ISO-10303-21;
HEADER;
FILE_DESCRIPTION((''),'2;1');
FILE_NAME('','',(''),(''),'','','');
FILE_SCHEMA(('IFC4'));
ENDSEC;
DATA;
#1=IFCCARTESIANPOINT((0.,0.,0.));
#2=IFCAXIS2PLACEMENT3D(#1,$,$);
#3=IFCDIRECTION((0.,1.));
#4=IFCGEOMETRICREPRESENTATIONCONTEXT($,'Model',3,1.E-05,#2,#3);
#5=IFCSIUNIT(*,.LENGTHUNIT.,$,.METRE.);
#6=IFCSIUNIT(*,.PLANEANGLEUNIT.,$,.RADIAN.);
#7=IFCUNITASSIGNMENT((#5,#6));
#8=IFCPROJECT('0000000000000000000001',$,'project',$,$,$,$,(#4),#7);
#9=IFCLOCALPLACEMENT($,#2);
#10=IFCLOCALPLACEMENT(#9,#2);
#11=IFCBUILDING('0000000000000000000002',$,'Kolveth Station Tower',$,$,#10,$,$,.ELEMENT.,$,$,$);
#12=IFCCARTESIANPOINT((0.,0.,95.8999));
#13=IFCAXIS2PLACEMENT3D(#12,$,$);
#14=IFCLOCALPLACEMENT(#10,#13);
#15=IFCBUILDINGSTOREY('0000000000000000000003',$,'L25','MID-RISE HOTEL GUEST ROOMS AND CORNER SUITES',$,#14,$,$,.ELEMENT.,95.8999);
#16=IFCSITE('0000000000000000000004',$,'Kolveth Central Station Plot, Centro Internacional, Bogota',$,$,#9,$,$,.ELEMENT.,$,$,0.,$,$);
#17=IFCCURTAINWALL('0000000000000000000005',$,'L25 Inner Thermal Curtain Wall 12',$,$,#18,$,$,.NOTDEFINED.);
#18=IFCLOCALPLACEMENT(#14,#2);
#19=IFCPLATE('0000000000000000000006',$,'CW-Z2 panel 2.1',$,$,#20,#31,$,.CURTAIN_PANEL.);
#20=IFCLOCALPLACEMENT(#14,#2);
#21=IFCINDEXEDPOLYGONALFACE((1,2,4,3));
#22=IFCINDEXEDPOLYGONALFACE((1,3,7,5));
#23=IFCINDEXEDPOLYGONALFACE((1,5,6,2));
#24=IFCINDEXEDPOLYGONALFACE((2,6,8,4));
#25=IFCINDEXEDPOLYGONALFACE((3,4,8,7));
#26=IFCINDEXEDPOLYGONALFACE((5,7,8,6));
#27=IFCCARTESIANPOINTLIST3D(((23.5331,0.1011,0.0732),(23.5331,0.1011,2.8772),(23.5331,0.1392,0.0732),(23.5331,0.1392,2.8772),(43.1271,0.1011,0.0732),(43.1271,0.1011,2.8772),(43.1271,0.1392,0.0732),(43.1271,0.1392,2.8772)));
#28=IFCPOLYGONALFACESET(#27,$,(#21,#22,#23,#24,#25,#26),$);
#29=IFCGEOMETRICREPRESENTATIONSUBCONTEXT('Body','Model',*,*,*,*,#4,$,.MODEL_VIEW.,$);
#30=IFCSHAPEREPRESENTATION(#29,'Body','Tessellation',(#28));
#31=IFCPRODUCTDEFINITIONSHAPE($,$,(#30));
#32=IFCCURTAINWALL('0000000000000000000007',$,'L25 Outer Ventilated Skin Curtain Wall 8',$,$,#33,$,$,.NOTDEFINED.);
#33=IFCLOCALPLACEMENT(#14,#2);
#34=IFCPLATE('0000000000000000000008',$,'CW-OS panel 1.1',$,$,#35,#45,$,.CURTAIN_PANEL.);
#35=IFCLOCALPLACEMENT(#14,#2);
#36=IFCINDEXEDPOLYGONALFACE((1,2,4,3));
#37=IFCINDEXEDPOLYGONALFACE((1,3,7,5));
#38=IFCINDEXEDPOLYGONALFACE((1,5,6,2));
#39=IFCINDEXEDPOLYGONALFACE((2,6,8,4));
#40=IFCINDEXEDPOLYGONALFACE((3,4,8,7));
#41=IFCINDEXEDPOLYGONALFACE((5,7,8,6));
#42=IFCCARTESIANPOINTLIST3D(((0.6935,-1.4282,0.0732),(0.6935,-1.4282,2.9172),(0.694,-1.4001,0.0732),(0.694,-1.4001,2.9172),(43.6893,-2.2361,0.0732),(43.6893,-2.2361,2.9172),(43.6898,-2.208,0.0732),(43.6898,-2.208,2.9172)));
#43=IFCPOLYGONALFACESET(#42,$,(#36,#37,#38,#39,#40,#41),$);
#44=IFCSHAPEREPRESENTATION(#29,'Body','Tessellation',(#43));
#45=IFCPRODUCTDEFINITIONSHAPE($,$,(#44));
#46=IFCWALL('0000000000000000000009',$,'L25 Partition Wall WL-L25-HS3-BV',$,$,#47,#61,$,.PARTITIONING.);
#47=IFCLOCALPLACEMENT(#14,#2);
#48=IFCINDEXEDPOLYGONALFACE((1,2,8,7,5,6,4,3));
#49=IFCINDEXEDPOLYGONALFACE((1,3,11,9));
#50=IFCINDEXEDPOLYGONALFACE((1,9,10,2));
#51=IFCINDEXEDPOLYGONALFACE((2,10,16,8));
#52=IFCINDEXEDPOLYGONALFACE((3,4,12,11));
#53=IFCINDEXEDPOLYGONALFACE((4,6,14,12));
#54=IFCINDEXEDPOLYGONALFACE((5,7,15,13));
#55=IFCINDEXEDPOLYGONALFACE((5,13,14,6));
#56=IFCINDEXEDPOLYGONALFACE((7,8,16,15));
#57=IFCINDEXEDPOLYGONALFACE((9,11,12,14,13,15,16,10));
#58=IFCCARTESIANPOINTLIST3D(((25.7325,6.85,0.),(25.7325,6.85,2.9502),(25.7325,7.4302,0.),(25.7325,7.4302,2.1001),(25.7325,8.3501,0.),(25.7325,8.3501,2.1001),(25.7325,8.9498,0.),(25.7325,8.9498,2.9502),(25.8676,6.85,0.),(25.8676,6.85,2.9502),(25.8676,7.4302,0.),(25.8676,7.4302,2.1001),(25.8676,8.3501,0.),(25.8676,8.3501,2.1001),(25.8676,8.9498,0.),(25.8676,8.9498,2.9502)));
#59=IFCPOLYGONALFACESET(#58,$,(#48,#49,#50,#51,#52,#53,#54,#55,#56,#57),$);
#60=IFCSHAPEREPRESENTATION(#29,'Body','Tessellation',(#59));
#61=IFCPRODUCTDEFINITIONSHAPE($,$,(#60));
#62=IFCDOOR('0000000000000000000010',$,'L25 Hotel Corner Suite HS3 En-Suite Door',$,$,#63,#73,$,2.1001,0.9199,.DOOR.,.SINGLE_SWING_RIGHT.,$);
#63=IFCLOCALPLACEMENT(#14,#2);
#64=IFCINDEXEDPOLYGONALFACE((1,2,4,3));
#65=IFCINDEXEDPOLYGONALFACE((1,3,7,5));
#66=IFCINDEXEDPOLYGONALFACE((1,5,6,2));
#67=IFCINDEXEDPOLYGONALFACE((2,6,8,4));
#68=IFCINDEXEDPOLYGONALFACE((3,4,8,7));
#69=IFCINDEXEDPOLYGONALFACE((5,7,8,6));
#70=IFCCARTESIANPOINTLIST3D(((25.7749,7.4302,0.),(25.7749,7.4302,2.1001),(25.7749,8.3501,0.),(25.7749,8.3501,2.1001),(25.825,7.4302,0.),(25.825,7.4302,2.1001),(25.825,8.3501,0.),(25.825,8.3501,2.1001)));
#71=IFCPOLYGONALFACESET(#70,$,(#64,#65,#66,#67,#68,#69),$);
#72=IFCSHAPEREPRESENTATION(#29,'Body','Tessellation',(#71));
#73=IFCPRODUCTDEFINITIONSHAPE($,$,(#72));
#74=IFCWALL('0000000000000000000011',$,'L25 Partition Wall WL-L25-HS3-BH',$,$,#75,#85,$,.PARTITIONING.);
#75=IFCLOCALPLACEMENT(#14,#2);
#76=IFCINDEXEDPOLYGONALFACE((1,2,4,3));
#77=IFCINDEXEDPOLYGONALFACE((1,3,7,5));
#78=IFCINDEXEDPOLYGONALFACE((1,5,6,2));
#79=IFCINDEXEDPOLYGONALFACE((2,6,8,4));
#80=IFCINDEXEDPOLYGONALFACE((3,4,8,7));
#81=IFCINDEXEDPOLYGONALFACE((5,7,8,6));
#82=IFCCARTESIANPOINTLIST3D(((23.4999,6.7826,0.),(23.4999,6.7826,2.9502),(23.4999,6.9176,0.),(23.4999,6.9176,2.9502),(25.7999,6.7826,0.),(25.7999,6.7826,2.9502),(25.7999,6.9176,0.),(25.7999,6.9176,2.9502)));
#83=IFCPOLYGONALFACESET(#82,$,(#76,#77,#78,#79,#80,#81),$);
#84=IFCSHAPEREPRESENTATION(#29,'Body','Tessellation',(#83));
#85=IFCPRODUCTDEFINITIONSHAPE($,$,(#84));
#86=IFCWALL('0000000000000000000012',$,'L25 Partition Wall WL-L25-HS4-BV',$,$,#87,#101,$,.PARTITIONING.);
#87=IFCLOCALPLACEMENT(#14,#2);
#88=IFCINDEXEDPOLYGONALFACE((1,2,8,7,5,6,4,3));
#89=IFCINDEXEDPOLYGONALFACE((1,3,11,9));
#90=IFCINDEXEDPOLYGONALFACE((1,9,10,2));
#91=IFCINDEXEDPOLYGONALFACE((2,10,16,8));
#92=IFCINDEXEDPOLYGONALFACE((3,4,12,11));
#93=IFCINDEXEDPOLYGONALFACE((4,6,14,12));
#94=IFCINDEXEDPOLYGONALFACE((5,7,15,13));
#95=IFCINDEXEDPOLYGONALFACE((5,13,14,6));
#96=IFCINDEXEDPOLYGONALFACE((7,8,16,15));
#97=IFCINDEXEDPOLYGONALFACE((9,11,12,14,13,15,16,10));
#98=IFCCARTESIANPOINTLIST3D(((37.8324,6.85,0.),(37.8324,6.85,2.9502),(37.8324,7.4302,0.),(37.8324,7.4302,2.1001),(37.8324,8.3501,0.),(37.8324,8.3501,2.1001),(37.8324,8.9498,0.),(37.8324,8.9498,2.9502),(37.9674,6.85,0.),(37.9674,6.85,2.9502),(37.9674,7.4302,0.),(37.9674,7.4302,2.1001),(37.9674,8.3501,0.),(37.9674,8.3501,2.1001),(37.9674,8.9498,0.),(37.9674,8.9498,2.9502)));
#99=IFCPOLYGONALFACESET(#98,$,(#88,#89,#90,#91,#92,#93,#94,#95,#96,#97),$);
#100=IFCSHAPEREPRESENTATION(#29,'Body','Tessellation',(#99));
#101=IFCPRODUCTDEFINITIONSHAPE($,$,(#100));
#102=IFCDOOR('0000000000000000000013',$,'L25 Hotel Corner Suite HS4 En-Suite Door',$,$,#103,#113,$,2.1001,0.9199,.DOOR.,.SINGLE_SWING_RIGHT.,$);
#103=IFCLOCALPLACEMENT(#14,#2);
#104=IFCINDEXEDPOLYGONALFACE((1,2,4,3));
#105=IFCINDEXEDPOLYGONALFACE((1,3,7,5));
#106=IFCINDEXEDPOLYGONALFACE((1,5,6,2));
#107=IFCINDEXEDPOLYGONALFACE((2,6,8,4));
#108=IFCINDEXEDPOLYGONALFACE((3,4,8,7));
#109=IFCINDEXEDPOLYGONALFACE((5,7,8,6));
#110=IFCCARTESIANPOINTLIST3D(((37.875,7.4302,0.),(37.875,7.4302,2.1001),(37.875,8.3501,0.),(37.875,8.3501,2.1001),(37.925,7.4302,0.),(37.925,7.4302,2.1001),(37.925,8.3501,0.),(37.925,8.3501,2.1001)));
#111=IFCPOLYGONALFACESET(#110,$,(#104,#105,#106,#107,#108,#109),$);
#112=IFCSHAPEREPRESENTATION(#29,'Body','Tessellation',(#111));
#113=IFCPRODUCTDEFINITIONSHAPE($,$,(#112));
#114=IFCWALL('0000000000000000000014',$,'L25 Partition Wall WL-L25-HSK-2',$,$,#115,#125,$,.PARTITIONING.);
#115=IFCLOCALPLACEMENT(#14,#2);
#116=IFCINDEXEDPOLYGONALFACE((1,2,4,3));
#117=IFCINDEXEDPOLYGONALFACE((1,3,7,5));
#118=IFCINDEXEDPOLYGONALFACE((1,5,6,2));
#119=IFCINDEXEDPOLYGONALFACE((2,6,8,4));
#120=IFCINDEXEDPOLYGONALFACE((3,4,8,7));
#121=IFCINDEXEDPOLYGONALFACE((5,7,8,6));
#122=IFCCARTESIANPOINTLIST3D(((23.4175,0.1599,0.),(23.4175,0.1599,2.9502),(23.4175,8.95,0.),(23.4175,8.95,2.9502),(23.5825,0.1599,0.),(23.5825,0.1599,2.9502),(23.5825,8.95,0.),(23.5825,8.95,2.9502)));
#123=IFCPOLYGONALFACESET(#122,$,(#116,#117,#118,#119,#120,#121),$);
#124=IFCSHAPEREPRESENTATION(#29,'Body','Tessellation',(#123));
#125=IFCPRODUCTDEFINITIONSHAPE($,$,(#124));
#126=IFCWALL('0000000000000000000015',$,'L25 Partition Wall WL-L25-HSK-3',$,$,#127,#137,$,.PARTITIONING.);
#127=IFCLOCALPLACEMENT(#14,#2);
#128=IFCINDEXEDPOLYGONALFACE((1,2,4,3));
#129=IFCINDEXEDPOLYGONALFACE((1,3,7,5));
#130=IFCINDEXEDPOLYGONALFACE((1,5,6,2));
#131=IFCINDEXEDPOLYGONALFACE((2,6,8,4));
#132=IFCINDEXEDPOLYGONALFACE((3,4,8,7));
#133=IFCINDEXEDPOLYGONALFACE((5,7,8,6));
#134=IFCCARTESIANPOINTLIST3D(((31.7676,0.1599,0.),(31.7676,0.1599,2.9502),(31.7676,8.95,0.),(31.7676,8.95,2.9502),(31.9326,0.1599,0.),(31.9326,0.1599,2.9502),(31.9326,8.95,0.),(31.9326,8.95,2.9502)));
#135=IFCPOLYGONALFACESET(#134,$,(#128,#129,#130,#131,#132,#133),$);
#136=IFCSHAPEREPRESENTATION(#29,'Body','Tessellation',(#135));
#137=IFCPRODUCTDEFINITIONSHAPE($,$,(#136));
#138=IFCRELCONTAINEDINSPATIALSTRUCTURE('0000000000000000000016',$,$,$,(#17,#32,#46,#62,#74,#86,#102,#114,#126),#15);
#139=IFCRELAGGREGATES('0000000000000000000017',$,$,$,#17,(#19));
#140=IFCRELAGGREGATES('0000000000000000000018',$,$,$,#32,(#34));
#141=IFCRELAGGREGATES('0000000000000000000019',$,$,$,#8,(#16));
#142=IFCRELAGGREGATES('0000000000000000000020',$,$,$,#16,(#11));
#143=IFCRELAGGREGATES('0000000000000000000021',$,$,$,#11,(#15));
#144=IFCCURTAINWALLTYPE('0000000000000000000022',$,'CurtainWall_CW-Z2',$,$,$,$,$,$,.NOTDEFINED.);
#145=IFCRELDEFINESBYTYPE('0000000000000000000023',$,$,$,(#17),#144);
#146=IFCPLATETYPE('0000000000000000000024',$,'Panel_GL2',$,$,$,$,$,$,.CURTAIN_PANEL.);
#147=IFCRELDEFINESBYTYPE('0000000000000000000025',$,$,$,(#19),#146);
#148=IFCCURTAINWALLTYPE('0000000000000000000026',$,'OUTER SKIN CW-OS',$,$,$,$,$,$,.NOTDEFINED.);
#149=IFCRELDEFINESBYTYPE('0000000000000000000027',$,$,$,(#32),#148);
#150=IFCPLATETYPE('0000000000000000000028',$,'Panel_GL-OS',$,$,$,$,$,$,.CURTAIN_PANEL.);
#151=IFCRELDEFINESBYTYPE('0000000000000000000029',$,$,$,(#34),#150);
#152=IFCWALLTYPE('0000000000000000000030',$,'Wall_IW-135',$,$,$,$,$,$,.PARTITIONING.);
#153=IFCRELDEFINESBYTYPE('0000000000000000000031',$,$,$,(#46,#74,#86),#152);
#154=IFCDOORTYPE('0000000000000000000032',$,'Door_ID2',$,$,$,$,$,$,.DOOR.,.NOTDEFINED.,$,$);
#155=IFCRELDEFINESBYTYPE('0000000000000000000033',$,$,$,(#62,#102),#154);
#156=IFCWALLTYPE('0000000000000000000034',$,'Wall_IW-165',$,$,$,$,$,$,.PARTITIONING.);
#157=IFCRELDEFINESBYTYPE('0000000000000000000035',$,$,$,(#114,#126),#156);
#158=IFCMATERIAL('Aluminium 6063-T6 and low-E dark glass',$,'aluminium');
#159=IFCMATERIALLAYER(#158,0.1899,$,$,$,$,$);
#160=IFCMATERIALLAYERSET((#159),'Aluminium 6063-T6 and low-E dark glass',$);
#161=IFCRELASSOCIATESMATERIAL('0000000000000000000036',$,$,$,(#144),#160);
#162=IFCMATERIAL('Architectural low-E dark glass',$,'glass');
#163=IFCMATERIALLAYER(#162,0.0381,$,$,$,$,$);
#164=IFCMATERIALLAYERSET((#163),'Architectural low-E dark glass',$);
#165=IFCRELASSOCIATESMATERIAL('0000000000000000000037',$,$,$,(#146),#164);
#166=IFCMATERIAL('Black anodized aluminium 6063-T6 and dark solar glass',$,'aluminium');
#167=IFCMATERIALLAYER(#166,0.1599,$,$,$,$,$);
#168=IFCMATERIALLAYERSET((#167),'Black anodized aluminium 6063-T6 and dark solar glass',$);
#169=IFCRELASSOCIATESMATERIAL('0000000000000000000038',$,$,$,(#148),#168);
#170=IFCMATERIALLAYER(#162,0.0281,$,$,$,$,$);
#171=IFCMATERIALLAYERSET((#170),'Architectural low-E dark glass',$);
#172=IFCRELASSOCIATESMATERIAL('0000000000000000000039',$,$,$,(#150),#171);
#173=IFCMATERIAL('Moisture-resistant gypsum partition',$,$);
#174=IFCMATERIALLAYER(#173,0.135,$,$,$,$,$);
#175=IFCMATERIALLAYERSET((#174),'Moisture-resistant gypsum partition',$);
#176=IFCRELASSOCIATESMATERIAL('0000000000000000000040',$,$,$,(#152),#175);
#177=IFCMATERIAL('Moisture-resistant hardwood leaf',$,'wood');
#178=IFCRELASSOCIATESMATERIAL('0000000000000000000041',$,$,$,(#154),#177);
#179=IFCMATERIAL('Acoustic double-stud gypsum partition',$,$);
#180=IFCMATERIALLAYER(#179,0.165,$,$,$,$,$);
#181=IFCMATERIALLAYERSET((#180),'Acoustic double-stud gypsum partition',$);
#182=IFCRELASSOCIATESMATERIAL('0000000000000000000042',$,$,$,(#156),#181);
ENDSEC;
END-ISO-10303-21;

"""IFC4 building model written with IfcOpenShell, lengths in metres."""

from ifc_helpers import new_model, si_unit, direction, frame, frame_2d, origin, origin_2d, place, context, subcontext, project, spatial, rectangle, extrude, source, transform, mapped, material, layer, layer_set, type_object, element, fill, aggregate, save


model = new_model("IFC4")

# Units and contexts
model_context = context("Model", 3, precision=1e-05, world=origin(), true_north=direction((0.0, 1.0)))
body_context = subcontext(model_context, "Body", "Model", "MODEL_VIEW")
ifc_project = project(units=[si_unit("LENGTHUNIT", "METRE"), si_unit("PLANEANGLEUNIT", "RADIAN")], contexts=[model_context])

# Site, building, storey
site_placement = place(None, origin())
site = spatial("IfcSite", under=ifc_project, at=site_placement, Name="Kolveth Central Station Plot, Centro Internacional, Bogota", CompositionType="ELEMENT", RefElevation=0.0)
building_placement = place(site_placement, origin())
building = spatial("IfcBuilding", under=site, at=building_placement, Name="Kolveth Station Tower", CompositionType="ELEMENT")
storey_placement = place(building_placement, frame((0.0, 0.0, 95.8999)))
storey = spatial("IfcBuildingStorey", under=building, at=storey_placement, Name="L25", Description="MID-RISE HOTEL GUEST ROOMS AND CORNER SUITES", CompositionType="ELEMENT", Elevation=95.8999)

# Curtain wall, plate
ifc_material_1 = material(Name="Aluminium 6063-T6 and low-E dark glass", Category="aluminium")
ifc_layer_1 = layer(ifc_material_1, 0.1899)
ifc_layer_set_1 = layer_set([ifc_layer_1], Name="Aluminium 6063-T6 and low-E dark glass")
curtain_wall_type_1 = type_object("IfcCurtainWallType", Name="CurtainWall_CW-Z2", PredefinedType="NOTDEFINED", material=ifc_layer_set_1)
curtain_wall_1_placement = place(storey_placement, origin())
curtain_wall_1 = element("IfcCurtainWall", 1, at=curtain_wall_1_placement, inside=storey, type_object=curtain_wall_type_1, Name="L25 Inner Thermal Curtain Wall 12", PredefinedType="NOTDEFINED")
ifc_material_2 = material(Name="Architectural low-E dark glass", Category="glass")
ifc_layer_2 = layer(ifc_material_2, 0.0381)
ifc_layer_set_2 = layer_set([ifc_layer_2], Name="Architectural low-E dark glass")
plate_type_1 = type_object("IfcPlateType", Name="Panel_GL2", PredefinedType="CURTAIN_PANEL", material=ifc_layer_set_2)
shared_shape_1 = source(origin(), body_context, "Body", "SweptSolid", [
    extrude(rectangle(XDim=19.594, YDim=0.0381, at=origin_2d()), origin(), (0.0, 0.0, 1.0), 2.804),
])
plate_1_placement = place(storey_placement, frame((33.3301, 0.1201, 0.0732), z_axis=(0.0, 0.0, 1.0), x_axis=(1.0, 0.0, 0.0)))
plate_1 = element("IfcPlate", 2, at=plate_1_placement, type_object=plate_type_1, Name="CW-Z2 panel 2.1", PredefinedType="CURTAIN_PANEL", context=body_context, shape_type="MappedRepresentation", body=[
    mapped(shared_shape_1, transform((0.0, 0.0, 0.0), x_axis=(1.0, 0.0, 0.0), y_axis=(0.0, 1.0, 0.0), z_axis=(0.0, 0.0, 1.0), scale=1.0)),
])
aggregate(curtain_wall_1, [plate_1])

# Curtain wall, plate
ifc_material_3 = material(Name="Black anodized aluminium 6063-T6 and dark solar glass", Category="aluminium")
ifc_layer_3 = layer(ifc_material_3, 0.1599)
ifc_layer_set_3 = layer_set([ifc_layer_3], Name="Black anodized aluminium 6063-T6 and dark solar glass")
curtain_wall_type_2 = type_object("IfcCurtainWallType", Name="OUTER SKIN CW-OS", PredefinedType="NOTDEFINED", material=ifc_layer_set_3)
curtain_wall_2_placement = place(storey_placement, origin())
curtain_wall_2 = element("IfcCurtainWall", 3, at=curtain_wall_2_placement, inside=storey, type_object=curtain_wall_type_2, Name="L25 Outer Ventilated Skin Curtain Wall 8", PredefinedType="NOTDEFINED")
ifc_layer_4 = layer(ifc_material_2, 0.0281)
ifc_layer_set_4 = layer_set([ifc_layer_4], Name="Architectural low-E dark glass")
plate_type_2 = type_object("IfcPlateType", Name="Panel_GL-OS", PredefinedType="CURTAIN_PANEL", material=ifc_layer_set_4)
shared_shape_2 = source(origin(), body_context, "Body", "SweptSolid", [
    extrude(rectangle(XDim=43.0034, YDim=0.0281, at=origin_2d()), origin(), (0.0, 0.0, 1.0), 2.844),
])
plate_2_placement = place(storey_placement, frame((22.1917, -1.8181, 0.0732), z_axis=(0.0, 0.0, 1.0), x_axis=(0.999824, -0.018786, 0.0)))
plate_2 = element("IfcPlate", 4, at=plate_2_placement, type_object=plate_type_2, Name="CW-OS panel 1.1", PredefinedType="CURTAIN_PANEL", context=body_context, shape_type="MappedRepresentation", body=[
    mapped(shared_shape_2, transform((0.0, 0.0, 0.0), x_axis=(1.0, 0.0, 0.0), y_axis=(0.0, 1.0, 0.0), z_axis=(0.0, 0.0, 1.0), scale=1.0)),
])
aggregate(curtain_wall_2, [plate_2])

# Wall, opening, door
ifc_material_4 = material(Name="Moisture-resistant gypsum partition")
ifc_layer_5 = layer(ifc_material_4, 0.135)
ifc_layer_set_5 = layer_set([ifc_layer_5], Name="Moisture-resistant gypsum partition")
wall_type_1 = type_object("IfcWallType", Name="Wall_IW-135", PredefinedType="PARTITIONING", material=ifc_layer_set_5)
wall_1_placement = place(storey_placement, frame((25.8, 6.8501, 0.0), z_axis=(0.0, 0.0, 1.0), x_axis=(0.0, 1.0, 0.0)))
wall_1 = element("IfcWall", 5, at=wall_1_placement, inside=storey, type_object=wall_type_1, Name="L25 Partition Wall WL-L25-HS3-BV", PredefinedType="PARTITIONING", context=body_context, shape_type="SweptSolid", body=[
    extrude(rectangle(XDim=2.0999, YDim=0.135, at=frame_2d((1.0498, 0.0))), origin(), (0.0, 0.0, 1.0), 2.9502),
])
opening_1_placement = place(wall_1_placement, frame((0.5801, 0.0, 0.0)))
opening_1 = element("IfcOpeningElement", 6, at=opening_1_placement, cuts=wall_1, PredefinedType="OPENING", context=body_context, shape_type="SweptSolid", body=[
    extrude(rectangle(XDim=0.9199, YDim=2.1001, at=frame_2d((0.46, 1.05))), frame((0.0, 0.0774, 0.0), z_axis=(0.0, -1.0, 0.0), x_axis=(1.0, 0.0, 0.0)), (0.0, 0.0, 1.0), 0.155),
])
ifc_material_5 = material(Name="Moisture-resistant hardwood leaf", Category="wood")
door_type = type_object("IfcDoorType", Name="Door_ID2", OperationType="NOTDEFINED", PredefinedType="DOOR", material=ifc_material_5)
door_1_placement = place(opening_1_placement, frame((0.9199, 0.0, 0.0), z_axis=(0.0, 0.0, 1.0), x_axis=(-1.0, 0.0, 0.0)))
door_1 = element("IfcDoor", 7, at=door_1_placement, inside=storey, type_object=door_type, Name="L25 Hotel Corner Suite HS3 En-Suite Door", OperationType="SINGLE_SWING_RIGHT", OverallHeight=2.1001, OverallWidth=0.9199, PredefinedType="DOOR", context=body_context, shape_type="SweptSolid", body=[
    extrude(rectangle(XDim=0.9199, YDim=2.1001, at=frame_2d((0.46, 1.05))), frame((0.0, 0.0249, 0.0), z_axis=(0.0, -1.0, 0.0), x_axis=(1.0, 0.0, 0.0)), (0.0, 0.0, 1.0), 0.05),
])
fill(opening_1, door_1)

# Wall
wall_2_placement = place(storey_placement, frame((23.5, 6.8501, 0.0), z_axis=(0.0, 0.0, 1.0), x_axis=(1.0, 0.0, 0.0)))
element("IfcWall", 8, at=wall_2_placement, inside=storey, type_object=wall_type_1, Name="L25 Partition Wall WL-L25-HS3-BH", PredefinedType="PARTITIONING", context=body_context, shape_type="SweptSolid", body=[
    extrude(rectangle(XDim=2.3, YDim=0.135, at=frame_2d((1.1499, 0.0))), origin(), (0.0, 0.0, 1.0), 2.9502),
])

# Wall, opening, door
wall_3_placement = place(storey_placement, frame((37.8999, 6.8501, 0.0), z_axis=(0.0, 0.0, 1.0), x_axis=(0.0, 1.0, 0.0)))
wall_3 = element("IfcWall", 9, at=wall_3_placement, inside=storey, type_object=wall_type_1, Name="L25 Partition Wall WL-L25-HS4-BV", PredefinedType="PARTITIONING", context=body_context, shape_type="SweptSolid", body=[
    extrude(rectangle(XDim=2.0999, YDim=0.135, at=frame_2d((1.0498, 0.0))), origin(), (0.0, 0.0, 1.0), 2.9502),
])
opening_2_placement = place(wall_3_placement, frame((0.5801, 0.0, 0.0)))
opening_2 = element("IfcOpeningElement", 10, at=opening_2_placement, cuts=wall_3, PredefinedType="OPENING", context=body_context, shape_type="SweptSolid", body=[
    extrude(rectangle(XDim=0.9199, YDim=2.1001, at=frame_2d((0.46, 1.05))), frame((0.0, 0.0774, 0.0), z_axis=(0.0, -1.0, 0.0), x_axis=(1.0, 0.0, 0.0)), (0.0, 0.0, 1.0), 0.155),
])
door_2_placement = place(opening_2_placement, origin())
door_2 = element("IfcDoor", 11, at=door_2_placement, inside=storey, type_object=door_type, Name="L25 Hotel Corner Suite HS4 En-Suite Door", OperationType="SINGLE_SWING_RIGHT", OverallHeight=2.1001, OverallWidth=0.9199, PredefinedType="DOOR", context=body_context, shape_type="SweptSolid", body=[
    extrude(rectangle(XDim=0.9199, YDim=2.1001, at=frame_2d((0.46, 1.05))), frame((0.0, 0.0249, 0.0), z_axis=(0.0, -1.0, 0.0), x_axis=(1.0, 0.0, 0.0)), (0.0, 0.0, 1.0), 0.05),
])
fill(opening_2, door_2)

# Walls
ifc_material_6 = material(Name="Acoustic double-stud gypsum partition")
ifc_layer_6 = layer(ifc_material_6, 0.165)
ifc_layer_set_6 = layer_set([ifc_layer_6], Name="Acoustic double-stud gypsum partition")
wall_type_2 = type_object("IfcWallType", Name="Wall_IW-165", PredefinedType="PARTITIONING", material=ifc_layer_set_6)
for number, where, z_axis, x_axis, name in (
    (12, (23.5, 0.1599, 0.0), (0.0, 0.0, 1.0), (0.0, 1.0, 0.0), "L25 Partition Wall WL-L25-HSK-2"),
    (13, (31.8501, 0.1599, 0.0), (0.0, 0.0, 1.0), (0.0, 1.0, 0.0), "L25 Partition Wall WL-L25-HSK-3"),
):
    element("IfcWall", number, at=place(storey_placement, frame(where, z_axis=z_axis, x_axis=x_axis)), inside=storey, type_object=wall_type_2, Name=name, PredefinedType="PARTITIONING", context=body_context, shape_type="SweptSolid", body=[
        extrude(rectangle(XDim=8.79, YDim=0.165, at=frame_2d((4.395, 0.0))), origin(), (0.0, 0.0, 1.0), 2.9502),
    ])

save(model, "model.ifc")
